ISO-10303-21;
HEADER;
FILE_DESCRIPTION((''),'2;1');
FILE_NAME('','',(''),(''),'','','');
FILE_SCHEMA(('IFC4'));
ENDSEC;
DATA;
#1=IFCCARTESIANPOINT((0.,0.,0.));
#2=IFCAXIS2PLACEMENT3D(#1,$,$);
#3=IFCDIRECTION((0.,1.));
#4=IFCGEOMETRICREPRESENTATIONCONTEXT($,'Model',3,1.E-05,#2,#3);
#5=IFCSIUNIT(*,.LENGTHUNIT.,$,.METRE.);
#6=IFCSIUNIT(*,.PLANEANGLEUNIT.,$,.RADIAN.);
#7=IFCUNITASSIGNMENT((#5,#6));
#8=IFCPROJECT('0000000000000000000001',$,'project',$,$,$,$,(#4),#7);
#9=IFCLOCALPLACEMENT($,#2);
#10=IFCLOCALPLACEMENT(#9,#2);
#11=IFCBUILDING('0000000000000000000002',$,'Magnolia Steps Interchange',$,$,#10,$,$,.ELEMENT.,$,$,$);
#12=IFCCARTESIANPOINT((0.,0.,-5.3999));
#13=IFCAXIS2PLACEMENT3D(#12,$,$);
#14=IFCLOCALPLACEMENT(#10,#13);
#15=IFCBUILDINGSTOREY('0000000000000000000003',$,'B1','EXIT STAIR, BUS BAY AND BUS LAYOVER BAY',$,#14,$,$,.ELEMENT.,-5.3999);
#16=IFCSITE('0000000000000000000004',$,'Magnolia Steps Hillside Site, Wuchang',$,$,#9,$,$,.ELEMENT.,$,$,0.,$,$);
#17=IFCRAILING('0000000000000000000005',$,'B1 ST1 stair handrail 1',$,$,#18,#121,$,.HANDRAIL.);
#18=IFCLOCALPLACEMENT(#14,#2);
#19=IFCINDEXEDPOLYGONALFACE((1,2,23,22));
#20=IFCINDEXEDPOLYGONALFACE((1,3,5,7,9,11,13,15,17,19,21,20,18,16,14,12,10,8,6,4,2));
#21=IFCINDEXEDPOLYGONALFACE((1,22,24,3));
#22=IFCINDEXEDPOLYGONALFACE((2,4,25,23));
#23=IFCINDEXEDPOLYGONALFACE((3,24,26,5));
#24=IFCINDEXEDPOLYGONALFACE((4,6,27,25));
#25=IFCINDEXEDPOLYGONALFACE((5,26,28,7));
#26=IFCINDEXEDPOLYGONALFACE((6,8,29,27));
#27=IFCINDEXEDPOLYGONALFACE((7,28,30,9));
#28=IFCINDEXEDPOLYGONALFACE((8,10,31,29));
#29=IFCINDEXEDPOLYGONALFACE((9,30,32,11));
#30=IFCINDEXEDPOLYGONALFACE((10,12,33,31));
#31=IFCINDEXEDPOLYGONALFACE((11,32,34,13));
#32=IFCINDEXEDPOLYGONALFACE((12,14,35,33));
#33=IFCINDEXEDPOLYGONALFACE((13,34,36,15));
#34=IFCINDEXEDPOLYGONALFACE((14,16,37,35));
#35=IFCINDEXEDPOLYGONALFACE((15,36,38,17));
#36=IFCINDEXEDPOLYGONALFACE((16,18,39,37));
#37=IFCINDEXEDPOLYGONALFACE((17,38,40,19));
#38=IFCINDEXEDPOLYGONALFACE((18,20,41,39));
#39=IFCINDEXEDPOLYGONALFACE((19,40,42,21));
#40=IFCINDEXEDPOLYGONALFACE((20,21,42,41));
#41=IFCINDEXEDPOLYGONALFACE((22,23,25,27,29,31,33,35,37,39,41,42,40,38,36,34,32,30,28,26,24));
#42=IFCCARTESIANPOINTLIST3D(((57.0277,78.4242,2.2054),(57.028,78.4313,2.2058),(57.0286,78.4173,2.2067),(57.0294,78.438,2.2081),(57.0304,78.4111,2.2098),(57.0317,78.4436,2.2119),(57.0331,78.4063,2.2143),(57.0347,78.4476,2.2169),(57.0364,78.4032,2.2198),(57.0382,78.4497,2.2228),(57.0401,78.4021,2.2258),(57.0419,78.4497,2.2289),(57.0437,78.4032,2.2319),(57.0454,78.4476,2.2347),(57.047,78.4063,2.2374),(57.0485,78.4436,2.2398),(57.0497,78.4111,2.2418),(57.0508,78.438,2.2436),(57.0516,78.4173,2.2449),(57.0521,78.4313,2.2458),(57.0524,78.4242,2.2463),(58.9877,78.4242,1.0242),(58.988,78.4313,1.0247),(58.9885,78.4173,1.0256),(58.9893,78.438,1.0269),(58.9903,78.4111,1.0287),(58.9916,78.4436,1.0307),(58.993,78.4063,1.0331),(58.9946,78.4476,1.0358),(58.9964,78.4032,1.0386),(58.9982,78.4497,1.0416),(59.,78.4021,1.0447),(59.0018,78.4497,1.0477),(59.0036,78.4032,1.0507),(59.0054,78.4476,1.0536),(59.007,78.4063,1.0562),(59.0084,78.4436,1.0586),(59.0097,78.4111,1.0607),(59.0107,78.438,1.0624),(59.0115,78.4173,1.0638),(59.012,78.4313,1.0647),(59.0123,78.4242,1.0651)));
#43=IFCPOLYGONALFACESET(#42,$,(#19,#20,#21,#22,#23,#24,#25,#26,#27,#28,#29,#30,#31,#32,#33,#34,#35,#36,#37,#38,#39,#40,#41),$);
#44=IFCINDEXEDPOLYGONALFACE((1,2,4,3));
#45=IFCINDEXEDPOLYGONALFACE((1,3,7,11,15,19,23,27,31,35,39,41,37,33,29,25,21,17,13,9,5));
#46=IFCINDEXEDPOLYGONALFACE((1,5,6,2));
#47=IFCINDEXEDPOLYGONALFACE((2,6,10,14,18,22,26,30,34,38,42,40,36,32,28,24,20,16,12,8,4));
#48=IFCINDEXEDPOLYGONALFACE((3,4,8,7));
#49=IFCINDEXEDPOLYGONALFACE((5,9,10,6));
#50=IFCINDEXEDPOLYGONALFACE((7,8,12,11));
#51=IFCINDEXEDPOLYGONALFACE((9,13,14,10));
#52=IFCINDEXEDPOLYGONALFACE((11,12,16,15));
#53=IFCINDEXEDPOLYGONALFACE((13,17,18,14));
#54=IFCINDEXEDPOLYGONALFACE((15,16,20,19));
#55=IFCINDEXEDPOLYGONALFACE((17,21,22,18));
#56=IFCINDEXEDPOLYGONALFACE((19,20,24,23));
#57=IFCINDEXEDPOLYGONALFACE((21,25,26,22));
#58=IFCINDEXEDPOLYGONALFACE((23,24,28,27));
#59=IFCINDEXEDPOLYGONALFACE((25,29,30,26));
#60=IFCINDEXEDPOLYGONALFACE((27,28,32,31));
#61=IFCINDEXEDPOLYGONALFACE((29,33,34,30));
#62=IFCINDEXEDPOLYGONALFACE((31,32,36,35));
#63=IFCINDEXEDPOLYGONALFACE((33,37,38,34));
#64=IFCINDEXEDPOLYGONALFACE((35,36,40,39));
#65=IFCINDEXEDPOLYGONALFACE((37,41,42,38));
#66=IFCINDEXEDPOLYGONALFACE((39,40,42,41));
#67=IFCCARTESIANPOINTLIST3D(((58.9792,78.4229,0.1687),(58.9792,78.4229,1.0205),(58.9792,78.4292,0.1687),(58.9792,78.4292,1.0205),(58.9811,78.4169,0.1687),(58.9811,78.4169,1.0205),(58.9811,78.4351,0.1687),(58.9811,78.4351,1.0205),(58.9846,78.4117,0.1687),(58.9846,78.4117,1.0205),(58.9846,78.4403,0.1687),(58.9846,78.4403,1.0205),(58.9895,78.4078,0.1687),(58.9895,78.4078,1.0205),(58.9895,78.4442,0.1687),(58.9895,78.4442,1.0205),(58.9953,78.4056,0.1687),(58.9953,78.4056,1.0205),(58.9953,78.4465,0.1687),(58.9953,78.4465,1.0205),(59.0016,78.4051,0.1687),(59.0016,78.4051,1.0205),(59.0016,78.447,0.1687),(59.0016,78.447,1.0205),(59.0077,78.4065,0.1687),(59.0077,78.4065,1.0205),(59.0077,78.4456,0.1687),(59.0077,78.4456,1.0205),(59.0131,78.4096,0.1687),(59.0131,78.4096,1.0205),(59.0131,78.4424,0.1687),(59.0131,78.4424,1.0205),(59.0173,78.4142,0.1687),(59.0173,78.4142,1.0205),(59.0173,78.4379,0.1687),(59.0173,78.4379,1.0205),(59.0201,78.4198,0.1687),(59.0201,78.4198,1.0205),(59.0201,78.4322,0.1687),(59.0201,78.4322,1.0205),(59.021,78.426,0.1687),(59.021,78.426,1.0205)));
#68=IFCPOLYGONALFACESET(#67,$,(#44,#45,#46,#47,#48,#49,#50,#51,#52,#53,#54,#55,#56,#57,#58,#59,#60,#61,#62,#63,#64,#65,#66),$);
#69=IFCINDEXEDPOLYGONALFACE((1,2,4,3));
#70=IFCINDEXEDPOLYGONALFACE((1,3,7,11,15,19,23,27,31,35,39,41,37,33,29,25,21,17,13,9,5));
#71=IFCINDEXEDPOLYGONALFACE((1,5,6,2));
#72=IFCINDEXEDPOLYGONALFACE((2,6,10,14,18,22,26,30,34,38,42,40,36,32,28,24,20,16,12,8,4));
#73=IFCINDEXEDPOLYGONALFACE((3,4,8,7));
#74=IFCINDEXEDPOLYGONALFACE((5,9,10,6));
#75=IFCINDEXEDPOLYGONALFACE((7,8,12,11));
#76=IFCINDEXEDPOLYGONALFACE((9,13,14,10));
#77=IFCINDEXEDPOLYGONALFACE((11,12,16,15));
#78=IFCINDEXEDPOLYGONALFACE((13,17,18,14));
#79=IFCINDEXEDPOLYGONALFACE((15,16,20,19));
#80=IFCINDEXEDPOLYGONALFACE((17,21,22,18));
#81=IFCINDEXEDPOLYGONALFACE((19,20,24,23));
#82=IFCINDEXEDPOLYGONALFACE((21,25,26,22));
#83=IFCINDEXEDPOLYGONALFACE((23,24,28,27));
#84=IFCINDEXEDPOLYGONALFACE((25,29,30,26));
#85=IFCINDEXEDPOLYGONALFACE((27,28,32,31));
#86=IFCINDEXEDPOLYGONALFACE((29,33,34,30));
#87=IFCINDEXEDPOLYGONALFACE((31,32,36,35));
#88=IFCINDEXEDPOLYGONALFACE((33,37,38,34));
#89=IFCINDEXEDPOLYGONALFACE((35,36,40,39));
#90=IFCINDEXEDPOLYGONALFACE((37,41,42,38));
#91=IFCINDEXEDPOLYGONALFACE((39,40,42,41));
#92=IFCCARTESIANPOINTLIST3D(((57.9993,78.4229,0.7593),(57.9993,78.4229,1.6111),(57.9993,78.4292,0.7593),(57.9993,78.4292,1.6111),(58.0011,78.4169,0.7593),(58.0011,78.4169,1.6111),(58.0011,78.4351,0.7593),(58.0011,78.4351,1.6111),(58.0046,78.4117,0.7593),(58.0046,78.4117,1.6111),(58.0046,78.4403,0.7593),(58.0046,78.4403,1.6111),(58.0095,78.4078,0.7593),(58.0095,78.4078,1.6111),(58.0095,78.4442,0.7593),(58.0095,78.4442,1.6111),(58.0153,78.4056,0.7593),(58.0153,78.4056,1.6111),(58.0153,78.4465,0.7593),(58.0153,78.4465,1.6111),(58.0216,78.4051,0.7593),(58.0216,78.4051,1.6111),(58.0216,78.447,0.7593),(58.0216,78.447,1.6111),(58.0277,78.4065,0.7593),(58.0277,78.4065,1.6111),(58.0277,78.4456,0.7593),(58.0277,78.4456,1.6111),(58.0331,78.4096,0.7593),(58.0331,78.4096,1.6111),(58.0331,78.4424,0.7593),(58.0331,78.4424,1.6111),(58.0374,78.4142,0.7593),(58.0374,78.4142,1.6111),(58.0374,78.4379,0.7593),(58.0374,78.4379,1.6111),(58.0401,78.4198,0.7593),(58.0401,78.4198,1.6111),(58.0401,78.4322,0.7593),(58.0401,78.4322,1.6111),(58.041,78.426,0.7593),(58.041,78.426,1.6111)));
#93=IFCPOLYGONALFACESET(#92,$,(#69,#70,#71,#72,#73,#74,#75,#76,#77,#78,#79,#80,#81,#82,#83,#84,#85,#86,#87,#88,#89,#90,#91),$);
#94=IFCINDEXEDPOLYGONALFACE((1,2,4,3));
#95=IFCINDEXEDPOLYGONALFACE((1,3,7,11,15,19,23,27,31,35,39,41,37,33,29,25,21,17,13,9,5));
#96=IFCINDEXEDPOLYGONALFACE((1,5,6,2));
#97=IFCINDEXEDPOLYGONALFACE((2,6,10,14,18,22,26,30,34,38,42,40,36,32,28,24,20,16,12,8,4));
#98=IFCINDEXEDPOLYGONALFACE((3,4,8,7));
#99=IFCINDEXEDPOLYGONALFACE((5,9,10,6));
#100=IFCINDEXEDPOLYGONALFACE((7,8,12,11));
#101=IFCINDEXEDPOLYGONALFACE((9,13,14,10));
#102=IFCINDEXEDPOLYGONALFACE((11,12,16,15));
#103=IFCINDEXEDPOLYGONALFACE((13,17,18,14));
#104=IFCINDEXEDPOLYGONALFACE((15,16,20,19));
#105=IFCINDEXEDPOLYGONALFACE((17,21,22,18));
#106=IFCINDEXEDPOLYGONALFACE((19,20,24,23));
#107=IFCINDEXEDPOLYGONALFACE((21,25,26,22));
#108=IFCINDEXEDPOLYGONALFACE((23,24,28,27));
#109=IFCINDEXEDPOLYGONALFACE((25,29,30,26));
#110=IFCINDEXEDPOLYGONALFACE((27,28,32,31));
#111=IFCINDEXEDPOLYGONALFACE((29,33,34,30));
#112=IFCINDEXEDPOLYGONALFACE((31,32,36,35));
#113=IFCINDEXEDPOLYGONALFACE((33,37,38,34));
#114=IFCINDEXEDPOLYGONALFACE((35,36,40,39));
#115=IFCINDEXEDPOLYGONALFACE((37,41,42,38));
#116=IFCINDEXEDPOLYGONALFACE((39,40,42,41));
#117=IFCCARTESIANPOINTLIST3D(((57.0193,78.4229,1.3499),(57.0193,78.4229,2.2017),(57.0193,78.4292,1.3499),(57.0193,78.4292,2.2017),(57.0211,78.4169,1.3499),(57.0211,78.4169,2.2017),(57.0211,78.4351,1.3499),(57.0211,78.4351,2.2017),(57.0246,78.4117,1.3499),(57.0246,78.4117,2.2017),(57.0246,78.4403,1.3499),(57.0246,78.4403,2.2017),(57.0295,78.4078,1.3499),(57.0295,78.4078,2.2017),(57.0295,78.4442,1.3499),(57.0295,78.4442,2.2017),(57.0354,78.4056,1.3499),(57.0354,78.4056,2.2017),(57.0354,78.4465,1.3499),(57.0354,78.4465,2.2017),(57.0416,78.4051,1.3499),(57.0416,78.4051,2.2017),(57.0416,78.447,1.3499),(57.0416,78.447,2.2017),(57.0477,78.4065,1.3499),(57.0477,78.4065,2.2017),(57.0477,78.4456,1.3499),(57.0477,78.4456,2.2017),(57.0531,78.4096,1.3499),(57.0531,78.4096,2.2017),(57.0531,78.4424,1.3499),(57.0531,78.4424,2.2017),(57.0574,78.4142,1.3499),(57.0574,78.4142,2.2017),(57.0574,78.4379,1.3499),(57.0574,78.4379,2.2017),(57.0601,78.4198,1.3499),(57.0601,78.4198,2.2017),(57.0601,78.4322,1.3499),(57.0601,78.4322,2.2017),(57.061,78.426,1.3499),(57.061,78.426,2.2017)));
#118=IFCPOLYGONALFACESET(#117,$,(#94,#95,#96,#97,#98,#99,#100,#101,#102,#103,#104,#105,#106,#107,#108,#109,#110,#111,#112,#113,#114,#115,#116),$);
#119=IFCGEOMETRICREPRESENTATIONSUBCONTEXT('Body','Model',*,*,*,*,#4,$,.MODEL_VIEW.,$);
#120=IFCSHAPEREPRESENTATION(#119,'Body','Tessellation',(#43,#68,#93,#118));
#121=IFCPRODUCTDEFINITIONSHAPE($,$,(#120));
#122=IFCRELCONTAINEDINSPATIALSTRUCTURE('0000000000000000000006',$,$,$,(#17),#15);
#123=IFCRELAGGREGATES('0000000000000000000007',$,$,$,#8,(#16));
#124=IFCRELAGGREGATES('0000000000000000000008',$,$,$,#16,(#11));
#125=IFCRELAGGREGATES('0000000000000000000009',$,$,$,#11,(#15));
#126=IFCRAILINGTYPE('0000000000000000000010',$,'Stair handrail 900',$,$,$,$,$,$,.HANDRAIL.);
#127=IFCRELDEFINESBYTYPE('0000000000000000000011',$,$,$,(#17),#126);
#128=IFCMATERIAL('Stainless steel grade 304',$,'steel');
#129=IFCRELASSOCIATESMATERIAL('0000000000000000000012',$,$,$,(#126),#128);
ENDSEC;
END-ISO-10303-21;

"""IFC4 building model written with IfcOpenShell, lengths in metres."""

from ifc_helpers import new_model, si_unit, direction, frame, origin, origin_2d, place, context, subcontext, project, spatial, circle, extrude, material, type_object, element, save


model = new_model("IFC4")

# Units and contexts
model_context = context("Model", 3, precision=1e-05, world=origin(), true_north=direction((0.0, 1.0)))
body_context = subcontext(model_context, "Body", "Model", "MODEL_VIEW")
ifc_project = project(units=[si_unit("LENGTHUNIT", "METRE"), si_unit("PLANEANGLEUNIT", "RADIAN")], contexts=[model_context])

# Site, building, storey
site_placement = place(None, origin())
site = spatial("IfcSite", under=ifc_project, at=site_placement, Name="Magnolia Steps Hillside Site, Wuchang", CompositionType="ELEMENT", RefElevation=0.0)
building_placement = place(site_placement, origin())
building = spatial("IfcBuilding", under=site, at=building_placement, Name="Magnolia Steps Interchange", CompositionType="ELEMENT")
storey_placement = place(building_placement, frame((0.0, 0.0, -5.3999)))
storey = spatial("IfcBuildingStorey", under=building, at=storey_placement, Name="B1", Description="EXIT STAIR, BUS BAY AND BUS LAYOVER BAY", CompositionType="ELEMENT", Elevation=-5.3999)

# Railing
ifc_material_1 = material(Name="Stainless steel grade 304", Category="steel")
railing_type_1 = type_object("IfcRailingType", Name="Stair handrail 900", PredefinedType="HANDRAIL", material=ifc_material_1)
railing_1_placement = place(storey_placement, frame((59.0, 78.426, 0.1687)))
element("IfcRailing", 1, at=railing_1_placement, inside=storey, type_object=railing_type_1, Name="B1 ST1 stair handrail 1", PredefinedType="HANDRAIL", context=body_context, shape_type="SweptSolid", body=[
    extrude(circle(Radius=0.0239, at=origin_2d()), frame((0.0, 0.0, 0.876), z_axis=(-0.856493, 0.0, 0.516158), x_axis=(0.0, -1.0, 0.0)), (0.0, 0.0, 1.0), 2.2883),
    extrude(circle(Radius=0.021, at=origin_2d()), origin(), (0.0, 0.0, 1.0), 0.8518),
    extrude(circle(Radius=0.021, at=origin_2d()), frame((-0.98, 0.0, 0.5906)), (0.0, 0.0, 1.0), 0.8518),
    extrude(circle(Radius=0.021, at=origin_2d()), frame((-1.96, 0.0, 1.1812)), (0.0, 0.0, 1.0), 0.8518),
])

save(model, "model.ifc")
